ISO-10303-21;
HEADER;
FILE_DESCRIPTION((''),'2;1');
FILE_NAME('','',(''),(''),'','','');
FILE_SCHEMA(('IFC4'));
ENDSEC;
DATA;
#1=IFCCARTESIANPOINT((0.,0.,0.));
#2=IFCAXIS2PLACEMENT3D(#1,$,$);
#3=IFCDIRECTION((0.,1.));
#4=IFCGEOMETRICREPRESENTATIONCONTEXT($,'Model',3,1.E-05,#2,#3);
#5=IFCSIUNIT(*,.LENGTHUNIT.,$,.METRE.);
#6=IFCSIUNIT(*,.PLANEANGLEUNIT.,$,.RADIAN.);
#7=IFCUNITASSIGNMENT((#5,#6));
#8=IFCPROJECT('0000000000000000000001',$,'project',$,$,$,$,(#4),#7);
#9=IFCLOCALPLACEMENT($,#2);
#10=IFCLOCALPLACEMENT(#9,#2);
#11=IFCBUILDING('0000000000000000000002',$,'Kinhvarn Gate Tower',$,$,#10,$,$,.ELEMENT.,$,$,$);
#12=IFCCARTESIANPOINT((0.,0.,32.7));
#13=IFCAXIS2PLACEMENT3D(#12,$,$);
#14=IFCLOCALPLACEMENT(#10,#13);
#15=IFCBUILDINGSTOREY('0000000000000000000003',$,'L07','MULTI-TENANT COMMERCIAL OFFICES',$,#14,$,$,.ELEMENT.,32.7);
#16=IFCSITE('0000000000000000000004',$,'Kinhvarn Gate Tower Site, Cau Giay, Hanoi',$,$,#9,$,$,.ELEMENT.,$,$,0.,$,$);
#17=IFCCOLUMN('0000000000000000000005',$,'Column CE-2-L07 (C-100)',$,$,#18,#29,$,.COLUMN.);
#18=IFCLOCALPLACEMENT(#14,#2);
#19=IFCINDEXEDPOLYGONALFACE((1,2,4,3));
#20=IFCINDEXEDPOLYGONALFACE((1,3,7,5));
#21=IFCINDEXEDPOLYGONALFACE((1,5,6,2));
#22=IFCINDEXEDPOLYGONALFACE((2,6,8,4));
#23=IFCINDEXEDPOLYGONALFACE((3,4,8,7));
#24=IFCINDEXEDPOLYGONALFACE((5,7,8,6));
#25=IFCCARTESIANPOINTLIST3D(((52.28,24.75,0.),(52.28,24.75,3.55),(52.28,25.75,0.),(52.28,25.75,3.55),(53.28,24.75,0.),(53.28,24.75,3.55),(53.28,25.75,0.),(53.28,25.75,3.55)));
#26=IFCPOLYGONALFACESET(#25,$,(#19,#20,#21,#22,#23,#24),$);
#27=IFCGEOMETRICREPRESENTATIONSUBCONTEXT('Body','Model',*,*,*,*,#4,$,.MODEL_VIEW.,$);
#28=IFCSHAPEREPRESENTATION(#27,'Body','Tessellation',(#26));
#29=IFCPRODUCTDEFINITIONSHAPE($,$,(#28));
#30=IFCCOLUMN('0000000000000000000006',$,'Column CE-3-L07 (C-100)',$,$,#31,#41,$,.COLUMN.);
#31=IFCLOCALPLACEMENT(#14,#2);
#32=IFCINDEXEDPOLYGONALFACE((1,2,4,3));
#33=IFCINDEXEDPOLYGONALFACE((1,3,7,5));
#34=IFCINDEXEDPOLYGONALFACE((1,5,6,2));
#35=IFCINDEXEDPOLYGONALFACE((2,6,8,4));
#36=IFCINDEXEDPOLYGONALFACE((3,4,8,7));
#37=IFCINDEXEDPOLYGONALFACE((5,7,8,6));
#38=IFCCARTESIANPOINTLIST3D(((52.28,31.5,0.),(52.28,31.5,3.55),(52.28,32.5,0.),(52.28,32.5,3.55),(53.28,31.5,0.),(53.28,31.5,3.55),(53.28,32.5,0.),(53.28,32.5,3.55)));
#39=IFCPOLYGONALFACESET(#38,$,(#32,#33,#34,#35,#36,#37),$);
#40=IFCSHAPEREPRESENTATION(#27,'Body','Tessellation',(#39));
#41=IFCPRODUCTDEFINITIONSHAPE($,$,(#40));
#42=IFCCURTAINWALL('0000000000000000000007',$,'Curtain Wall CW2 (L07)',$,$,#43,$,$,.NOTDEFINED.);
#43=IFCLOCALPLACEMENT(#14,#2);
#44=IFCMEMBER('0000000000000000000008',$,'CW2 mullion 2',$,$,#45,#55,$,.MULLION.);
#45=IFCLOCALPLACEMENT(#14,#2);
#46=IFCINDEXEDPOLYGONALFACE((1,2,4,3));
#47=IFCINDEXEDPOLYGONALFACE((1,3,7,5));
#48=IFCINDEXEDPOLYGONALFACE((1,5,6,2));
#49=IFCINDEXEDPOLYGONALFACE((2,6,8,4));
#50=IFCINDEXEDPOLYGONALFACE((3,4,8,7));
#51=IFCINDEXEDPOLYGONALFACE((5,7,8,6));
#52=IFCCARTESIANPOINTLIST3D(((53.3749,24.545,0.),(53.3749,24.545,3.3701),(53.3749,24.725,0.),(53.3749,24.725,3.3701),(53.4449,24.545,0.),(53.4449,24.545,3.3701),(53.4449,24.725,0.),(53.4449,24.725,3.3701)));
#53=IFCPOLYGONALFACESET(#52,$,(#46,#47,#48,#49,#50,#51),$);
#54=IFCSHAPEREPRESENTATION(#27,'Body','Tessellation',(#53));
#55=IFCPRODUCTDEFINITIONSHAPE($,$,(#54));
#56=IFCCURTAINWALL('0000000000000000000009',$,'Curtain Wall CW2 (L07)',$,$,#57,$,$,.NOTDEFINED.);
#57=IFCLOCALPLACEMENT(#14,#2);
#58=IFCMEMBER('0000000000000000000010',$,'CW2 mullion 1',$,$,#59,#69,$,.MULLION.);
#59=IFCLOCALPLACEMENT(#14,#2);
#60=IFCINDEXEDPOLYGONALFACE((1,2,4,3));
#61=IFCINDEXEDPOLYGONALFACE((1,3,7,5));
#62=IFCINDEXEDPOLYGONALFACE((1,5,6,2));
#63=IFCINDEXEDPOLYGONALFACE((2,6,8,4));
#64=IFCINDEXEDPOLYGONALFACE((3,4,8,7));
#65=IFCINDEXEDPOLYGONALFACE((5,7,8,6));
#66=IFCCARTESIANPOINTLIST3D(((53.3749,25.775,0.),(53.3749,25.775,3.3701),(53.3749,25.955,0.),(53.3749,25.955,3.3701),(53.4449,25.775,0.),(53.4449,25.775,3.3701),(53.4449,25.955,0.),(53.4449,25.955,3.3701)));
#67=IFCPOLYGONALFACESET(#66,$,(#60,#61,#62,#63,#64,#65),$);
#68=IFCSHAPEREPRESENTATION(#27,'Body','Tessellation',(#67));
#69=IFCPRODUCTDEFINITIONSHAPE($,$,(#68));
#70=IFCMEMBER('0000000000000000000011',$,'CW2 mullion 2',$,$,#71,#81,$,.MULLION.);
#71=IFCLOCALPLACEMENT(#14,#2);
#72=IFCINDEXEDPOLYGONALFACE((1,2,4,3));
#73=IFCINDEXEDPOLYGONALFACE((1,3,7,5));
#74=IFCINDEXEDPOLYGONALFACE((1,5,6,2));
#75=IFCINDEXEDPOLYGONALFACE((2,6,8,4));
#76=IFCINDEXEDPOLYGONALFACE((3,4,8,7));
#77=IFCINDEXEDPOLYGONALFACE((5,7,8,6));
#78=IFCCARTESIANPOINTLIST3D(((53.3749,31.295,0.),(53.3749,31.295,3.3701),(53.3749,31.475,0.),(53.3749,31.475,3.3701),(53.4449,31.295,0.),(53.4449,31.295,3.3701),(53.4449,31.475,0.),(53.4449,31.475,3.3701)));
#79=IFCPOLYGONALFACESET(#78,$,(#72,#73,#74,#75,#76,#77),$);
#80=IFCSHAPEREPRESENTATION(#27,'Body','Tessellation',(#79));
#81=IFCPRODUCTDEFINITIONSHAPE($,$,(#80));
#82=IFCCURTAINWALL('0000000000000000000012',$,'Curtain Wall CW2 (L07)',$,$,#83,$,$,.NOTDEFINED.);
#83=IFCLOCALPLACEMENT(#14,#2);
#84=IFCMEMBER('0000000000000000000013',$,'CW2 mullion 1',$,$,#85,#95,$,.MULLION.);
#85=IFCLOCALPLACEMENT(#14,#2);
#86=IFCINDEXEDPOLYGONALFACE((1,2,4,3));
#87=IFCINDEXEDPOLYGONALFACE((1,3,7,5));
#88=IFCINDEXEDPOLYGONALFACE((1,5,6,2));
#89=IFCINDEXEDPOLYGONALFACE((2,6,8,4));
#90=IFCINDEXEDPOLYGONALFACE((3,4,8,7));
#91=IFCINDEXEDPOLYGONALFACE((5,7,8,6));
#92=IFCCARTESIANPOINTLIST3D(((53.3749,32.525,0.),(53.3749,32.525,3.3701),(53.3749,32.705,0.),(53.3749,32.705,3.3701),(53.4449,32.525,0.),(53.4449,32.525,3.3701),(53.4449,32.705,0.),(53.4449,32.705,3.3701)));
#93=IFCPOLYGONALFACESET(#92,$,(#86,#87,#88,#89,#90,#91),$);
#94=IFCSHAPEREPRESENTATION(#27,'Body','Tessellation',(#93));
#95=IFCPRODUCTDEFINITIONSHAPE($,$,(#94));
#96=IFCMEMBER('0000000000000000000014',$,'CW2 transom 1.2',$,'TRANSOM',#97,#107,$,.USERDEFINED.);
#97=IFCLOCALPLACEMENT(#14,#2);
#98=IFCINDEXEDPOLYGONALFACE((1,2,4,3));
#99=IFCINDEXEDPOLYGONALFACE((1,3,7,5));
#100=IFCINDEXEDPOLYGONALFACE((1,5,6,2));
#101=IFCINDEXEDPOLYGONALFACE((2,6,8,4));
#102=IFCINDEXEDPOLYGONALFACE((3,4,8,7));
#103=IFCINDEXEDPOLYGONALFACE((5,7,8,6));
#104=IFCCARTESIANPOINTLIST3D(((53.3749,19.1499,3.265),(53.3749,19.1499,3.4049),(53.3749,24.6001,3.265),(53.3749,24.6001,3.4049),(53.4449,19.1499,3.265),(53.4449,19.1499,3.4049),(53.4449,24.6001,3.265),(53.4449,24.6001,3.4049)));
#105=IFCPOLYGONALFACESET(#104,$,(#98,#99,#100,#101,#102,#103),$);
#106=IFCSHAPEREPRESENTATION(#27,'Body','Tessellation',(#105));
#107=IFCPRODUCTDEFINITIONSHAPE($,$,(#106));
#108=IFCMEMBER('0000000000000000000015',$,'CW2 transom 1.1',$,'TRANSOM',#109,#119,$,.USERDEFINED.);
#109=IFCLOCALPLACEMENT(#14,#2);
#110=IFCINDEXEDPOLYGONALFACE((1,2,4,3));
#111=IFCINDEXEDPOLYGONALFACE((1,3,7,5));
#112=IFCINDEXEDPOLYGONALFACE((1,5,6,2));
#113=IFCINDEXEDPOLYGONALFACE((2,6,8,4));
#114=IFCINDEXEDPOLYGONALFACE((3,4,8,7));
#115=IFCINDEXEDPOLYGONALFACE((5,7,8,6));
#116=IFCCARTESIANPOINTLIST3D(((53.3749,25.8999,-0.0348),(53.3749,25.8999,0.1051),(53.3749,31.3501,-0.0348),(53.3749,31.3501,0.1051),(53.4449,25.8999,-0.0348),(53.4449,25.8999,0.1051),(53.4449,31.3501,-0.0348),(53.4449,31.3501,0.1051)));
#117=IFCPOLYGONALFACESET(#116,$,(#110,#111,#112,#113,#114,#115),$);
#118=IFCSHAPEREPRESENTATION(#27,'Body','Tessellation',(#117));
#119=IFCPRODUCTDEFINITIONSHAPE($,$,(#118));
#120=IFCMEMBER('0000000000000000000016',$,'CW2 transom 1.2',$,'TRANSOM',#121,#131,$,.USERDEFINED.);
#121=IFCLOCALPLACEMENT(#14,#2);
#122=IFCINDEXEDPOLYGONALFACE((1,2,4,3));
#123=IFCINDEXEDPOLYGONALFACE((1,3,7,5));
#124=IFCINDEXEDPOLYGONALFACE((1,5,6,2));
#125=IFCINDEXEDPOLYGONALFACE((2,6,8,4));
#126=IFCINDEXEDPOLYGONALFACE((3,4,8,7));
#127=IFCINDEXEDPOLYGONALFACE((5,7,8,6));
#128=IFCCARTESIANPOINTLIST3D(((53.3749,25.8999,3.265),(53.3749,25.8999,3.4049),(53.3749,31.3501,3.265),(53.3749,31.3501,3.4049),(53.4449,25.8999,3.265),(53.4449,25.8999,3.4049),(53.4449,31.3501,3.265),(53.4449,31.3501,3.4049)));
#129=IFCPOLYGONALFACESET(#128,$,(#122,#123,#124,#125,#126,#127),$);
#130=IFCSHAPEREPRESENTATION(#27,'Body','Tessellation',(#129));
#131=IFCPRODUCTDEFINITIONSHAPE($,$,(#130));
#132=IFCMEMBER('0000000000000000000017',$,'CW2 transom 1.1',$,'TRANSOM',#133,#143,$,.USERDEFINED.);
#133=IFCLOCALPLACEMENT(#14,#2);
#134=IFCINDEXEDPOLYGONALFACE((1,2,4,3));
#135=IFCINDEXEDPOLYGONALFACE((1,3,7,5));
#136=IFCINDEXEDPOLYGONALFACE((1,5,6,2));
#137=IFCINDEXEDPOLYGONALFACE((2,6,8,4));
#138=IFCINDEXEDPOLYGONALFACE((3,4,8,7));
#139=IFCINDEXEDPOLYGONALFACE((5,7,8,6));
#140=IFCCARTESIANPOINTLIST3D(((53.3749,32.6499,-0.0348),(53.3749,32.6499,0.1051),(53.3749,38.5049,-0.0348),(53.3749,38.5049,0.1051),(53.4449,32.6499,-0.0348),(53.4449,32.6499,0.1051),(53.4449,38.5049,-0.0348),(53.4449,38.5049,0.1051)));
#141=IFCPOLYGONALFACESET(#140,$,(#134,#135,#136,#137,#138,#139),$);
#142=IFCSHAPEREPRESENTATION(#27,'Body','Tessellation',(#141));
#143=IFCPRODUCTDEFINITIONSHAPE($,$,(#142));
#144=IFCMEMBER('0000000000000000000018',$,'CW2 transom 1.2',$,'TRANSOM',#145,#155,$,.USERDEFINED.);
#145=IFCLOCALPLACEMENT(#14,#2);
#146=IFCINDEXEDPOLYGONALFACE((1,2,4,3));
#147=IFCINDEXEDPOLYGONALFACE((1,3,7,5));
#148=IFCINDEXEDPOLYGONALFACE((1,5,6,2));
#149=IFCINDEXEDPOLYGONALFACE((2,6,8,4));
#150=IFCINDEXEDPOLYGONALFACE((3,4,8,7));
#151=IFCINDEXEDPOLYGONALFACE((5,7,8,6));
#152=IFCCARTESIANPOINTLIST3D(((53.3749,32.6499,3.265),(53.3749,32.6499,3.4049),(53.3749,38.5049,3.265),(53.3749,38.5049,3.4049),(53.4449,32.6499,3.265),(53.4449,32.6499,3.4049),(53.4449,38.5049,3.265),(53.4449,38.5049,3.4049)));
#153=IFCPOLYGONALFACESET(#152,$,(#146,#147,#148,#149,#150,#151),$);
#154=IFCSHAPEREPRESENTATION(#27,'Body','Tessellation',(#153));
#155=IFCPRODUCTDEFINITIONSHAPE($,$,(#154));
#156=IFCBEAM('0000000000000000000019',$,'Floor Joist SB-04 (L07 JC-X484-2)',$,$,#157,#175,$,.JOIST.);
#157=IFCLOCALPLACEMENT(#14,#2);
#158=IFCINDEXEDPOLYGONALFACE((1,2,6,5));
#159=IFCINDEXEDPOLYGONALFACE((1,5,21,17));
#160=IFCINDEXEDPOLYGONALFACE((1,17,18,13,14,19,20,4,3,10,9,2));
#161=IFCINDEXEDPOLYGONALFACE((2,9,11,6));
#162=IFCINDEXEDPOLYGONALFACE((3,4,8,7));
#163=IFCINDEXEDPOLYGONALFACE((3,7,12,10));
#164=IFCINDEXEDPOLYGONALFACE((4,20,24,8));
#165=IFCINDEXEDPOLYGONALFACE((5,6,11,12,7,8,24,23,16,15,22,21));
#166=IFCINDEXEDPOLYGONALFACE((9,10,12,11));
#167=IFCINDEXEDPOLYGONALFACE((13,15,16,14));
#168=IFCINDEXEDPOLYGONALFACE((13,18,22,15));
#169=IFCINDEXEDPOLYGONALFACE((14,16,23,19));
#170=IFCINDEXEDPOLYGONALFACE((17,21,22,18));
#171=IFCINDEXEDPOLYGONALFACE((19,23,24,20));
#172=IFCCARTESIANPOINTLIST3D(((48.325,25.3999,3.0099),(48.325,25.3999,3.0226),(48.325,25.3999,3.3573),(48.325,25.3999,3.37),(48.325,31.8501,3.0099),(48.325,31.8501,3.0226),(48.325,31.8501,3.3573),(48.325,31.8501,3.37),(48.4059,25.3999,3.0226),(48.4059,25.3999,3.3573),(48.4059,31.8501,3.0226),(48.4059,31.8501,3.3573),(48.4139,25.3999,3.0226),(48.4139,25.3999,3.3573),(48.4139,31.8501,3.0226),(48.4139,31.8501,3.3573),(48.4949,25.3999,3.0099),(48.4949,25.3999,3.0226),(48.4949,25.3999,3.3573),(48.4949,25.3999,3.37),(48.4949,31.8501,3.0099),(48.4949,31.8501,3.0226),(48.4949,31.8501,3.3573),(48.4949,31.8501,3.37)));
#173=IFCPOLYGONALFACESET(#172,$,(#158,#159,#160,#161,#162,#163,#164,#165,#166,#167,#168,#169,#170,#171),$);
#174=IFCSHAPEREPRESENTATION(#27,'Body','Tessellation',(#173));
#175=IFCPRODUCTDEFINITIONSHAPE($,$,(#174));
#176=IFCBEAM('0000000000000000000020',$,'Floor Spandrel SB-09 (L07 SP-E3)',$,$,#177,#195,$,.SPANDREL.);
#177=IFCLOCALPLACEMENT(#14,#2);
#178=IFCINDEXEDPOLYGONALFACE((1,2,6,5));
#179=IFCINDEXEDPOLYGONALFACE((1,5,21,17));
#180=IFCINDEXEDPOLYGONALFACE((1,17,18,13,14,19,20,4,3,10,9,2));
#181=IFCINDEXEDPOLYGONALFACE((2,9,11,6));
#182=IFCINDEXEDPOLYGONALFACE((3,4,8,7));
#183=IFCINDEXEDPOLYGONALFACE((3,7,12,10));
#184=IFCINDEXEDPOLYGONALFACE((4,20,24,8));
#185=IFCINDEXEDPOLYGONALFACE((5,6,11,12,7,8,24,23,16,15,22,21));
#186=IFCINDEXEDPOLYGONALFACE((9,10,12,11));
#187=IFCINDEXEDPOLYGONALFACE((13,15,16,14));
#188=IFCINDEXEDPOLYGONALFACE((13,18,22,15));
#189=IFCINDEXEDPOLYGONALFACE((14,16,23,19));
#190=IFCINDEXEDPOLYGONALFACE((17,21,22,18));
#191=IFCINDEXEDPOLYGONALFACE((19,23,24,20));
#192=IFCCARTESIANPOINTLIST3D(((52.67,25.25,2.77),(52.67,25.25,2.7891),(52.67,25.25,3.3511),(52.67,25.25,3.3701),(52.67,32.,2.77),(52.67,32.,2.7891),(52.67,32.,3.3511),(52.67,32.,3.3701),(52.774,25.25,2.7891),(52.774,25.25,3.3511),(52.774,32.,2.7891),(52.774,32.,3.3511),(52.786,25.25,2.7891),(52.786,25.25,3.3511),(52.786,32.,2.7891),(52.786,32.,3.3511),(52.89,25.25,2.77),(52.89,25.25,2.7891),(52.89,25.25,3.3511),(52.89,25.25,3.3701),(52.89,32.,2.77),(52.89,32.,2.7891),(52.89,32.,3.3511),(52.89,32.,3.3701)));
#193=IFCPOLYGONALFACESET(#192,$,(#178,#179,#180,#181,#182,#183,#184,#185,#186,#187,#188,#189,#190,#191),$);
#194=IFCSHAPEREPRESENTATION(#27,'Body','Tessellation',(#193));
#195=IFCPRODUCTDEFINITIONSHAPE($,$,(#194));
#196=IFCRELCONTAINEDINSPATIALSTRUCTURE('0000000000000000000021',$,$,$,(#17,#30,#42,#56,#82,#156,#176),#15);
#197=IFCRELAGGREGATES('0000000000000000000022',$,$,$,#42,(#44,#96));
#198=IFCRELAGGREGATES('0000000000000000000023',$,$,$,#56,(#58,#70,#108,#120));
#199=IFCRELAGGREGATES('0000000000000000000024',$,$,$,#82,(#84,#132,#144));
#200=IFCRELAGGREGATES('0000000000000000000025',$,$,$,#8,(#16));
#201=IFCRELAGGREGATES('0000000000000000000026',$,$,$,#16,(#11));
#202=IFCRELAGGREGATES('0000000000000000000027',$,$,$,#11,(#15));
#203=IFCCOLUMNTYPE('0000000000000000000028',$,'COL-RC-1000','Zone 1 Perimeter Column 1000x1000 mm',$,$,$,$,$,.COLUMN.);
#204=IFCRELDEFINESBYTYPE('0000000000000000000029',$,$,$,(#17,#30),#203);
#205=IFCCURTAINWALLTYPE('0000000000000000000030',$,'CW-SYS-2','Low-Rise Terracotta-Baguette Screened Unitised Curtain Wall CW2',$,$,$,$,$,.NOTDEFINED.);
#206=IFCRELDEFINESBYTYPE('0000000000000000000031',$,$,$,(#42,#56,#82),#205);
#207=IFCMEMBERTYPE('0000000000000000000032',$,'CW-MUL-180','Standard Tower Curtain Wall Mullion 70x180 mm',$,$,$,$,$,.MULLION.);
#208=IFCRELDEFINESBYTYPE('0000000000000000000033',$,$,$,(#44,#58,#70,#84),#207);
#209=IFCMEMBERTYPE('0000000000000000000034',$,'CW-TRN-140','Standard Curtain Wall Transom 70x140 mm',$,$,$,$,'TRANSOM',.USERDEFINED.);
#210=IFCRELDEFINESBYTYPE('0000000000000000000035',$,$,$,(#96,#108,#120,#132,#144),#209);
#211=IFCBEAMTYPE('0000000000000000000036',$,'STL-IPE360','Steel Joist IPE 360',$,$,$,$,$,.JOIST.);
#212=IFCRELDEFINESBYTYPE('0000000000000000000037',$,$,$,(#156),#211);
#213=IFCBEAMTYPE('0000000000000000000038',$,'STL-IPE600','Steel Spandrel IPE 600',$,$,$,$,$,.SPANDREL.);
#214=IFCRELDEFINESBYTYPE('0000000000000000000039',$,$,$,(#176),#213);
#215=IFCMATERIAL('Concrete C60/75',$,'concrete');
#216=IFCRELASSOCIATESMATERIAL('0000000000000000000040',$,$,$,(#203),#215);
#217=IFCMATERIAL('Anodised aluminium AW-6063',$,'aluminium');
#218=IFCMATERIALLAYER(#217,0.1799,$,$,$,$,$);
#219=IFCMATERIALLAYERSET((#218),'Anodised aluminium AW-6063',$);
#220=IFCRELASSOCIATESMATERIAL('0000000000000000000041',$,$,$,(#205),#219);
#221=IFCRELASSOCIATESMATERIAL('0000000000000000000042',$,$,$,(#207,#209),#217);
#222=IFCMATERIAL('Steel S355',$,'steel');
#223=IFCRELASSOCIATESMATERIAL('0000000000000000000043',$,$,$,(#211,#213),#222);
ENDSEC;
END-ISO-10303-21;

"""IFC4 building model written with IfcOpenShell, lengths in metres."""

from ifc_helpers import new_model, si_unit, direction, frame, origin, origin_2d, place, context, subcontext, project, spatial, rectangle, i_section, extrude, material, layer, layer_set, material_profile, profile_set, type_object, element, aggregate, save


model = new_model("IFC4")

# Units and contexts
model_context = context("Model", 3, precision=1e-05, world=origin(), true_north=direction((0.0, 1.0)))
body_context = subcontext(model_context, "Body", "Model", "MODEL_VIEW")
ifc_project = project(units=[si_unit("LENGTHUNIT", "METRE"), si_unit("PLANEANGLEUNIT", "RADIAN")], contexts=[model_context])

# Site, building, storey
site_placement = place(None, origin())
site = spatial("IfcSite", under=ifc_project, at=site_placement, Name="Kinhvarn Gate Tower Site, Cau Giay, Hanoi", CompositionType="ELEMENT", RefElevation=0.0)
building_placement = place(site_placement, origin())
building = spatial("IfcBuilding", under=site, at=building_placement, Name="Kinhvarn Gate Tower", CompositionType="ELEMENT")
storey_placement = place(building_placement, frame((0.0, 0.0, 32.7)))
storey = spatial("IfcBuildingStorey", under=building, at=storey_placement, Name="L07", Description="MULTI-TENANT COMMERCIAL OFFICES", CompositionType="ELEMENT", Elevation=32.7)

# Columns
ifc_material_1 = material(Name="Concrete C60/75", Category="concrete")
ifc_material_profile_1 = material_profile(ifc_material_1, rectangle(XDim=1.0, YDim=1.0, at=origin_2d()), Name="RC 1000x1000")
ifc_profile_set_1 = profile_set([ifc_material_profile_1], Name="Concrete C60/75")
column_type = type_object("IfcColumnType", Name="COL-RC-1000", Description="Zone 1 Perimeter Column 1000x1000 mm", PredefinedType="COLUMN", material=ifc_profile_set_1)
for number, where, z_axis, x_axis, name in (
    (1, (52.78, 25.25, 0.0), (0.0, 0.0, 1.0), (1.0, 0.0, 0.0), "Column CE-2-L07 (C-100)"),
    (2, (52.78, 32.0, 0.0), (0.0, 0.0, 1.0), (1.0, 0.0, 0.0), "Column CE-3-L07 (C-100)"),
):
    element("IfcColumn", number, at=place(storey_placement, frame(where, z_axis=z_axis, x_axis=x_axis)), inside=storey, type_object=column_type, Name=name, PredefinedType="COLUMN", context=body_context, shape_type="SweptSolid", body=[
        extrude(rectangle(XDim=1.0, YDim=1.0, at=origin_2d()), origin(), (0.0, 0.0, 1.0), 3.55),
    ])

# Curtain wall, member
ifc_material_2 = material(Name="Anodised aluminium AW-6063", Category="aluminium")
ifc_layer_1 = layer(ifc_material_2, 0.1799)
ifc_layer_set_1 = layer_set([ifc_layer_1], Name="Anodised aluminium AW-6063")
curtain_wall_type = type_object("IfcCurtainWallType", Name="CW-SYS-2", Description="Low-Rise Terracotta-Baguette Screened Unitised Curtain Wall CW2", PredefinedType="NOTDEFINED", material=ifc_layer_set_1)
curtain_wall_1_placement = place(storey_placement, origin())
curtain_wall_1 = element("IfcCurtainWall", 3, at=curtain_wall_1_placement, inside=storey, type_object=curtain_wall_type, Name="Curtain Wall CW2 (L07)", PredefinedType="NOTDEFINED")
ifc_material_profile_2 = material_profile(ifc_material_2, rectangle(XDim=0.0701, YDim=0.1799, at=origin_2d()), Name="ALU 70x180")
ifc_profile_set_2 = profile_set([ifc_material_profile_2], Name="Anodised aluminium AW-6063")
member_type_1 = type_object("IfcMemberType", Name="CW-MUL-180", Description="Standard Tower Curtain Wall Mullion 70x180 mm", PredefinedType="MULLION", material=ifc_profile_set_2)
member_1_placement = place(storey_placement, frame((53.4099, 24.635, 0.0), z_axis=(0.0, 0.0, 1.0), x_axis=(-1.0, 0.0, 0.0)))
member_1 = element("IfcMember", 4, at=member_1_placement, type_object=member_type_1, Name="CW2 mullion 2", PredefinedType="MULLION", context=body_context, shape_type="SweptSolid", body=[
    extrude(rectangle(XDim=0.0701, YDim=0.1799, at=origin_2d()), origin(), (0.0, 0.0, 1.0), 3.3701),
])

# Curtain wall, members
curtain_wall_2_placement = place(storey_placement, origin())
curtain_wall_2 = element("IfcCurtainWall", 5, at=curtain_wall_2_placement, inside=storey, type_object=curtain_wall_type, Name="Curtain Wall CW2 (L07)", PredefinedType="NOTDEFINED")
member_2_placement = place(storey_placement, frame((53.4099, 25.865, 0.0), z_axis=(0.0, 0.0, 1.0), x_axis=(-1.0, 0.0, 0.0)))
member_2 = element("IfcMember", 6, at=member_2_placement, type_object=member_type_1, Name="CW2 mullion 1", PredefinedType="MULLION", context=body_context, shape_type="SweptSolid", body=[
    extrude(rectangle(XDim=0.0701, YDim=0.1799, at=origin_2d()), origin(), (0.0, 0.0, 1.0), 3.3701),
])
member_3_placement = place(storey_placement, frame((53.4099, 31.385, 0.0), z_axis=(0.0, 0.0, 1.0), x_axis=(-1.0, 0.0, 0.0)))
member_3 = element("IfcMember", 7, at=member_3_placement, type_object=member_type_1, Name="CW2 mullion 2", PredefinedType="MULLION", context=body_context, shape_type="SweptSolid", body=[
    extrude(rectangle(XDim=0.0701, YDim=0.1799, at=origin_2d()), origin(), (0.0, 0.0, 1.0), 3.3701),
])

# Curtain wall, member
curtain_wall_3_placement = place(storey_placement, origin())
curtain_wall_3 = element("IfcCurtainWall", 8, at=curtain_wall_3_placement, inside=storey, type_object=curtain_wall_type, Name="Curtain Wall CW2 (L07)", PredefinedType="NOTDEFINED")
member_4_placement = place(storey_placement, frame((53.4099, 32.615, 0.0), z_axis=(0.0, 0.0, 1.0), x_axis=(-1.0, 0.0, 0.0)))
member_4 = element("IfcMember", 9, at=member_4_placement, type_object=member_type_1, Name="CW2 mullion 1", PredefinedType="MULLION", context=body_context, shape_type="SweptSolid", body=[
    extrude(rectangle(XDim=0.0701, YDim=0.1799, at=origin_2d()), origin(), (0.0, 0.0, 1.0), 3.3701),
])

# Members
ifc_material_profile_3 = material_profile(ifc_material_2, rectangle(XDim=0.0701, YDim=0.1399, at=origin_2d()), Name="ALU 70x140")
ifc_profile_set_3 = profile_set([ifc_material_profile_3], Name="Anodised aluminium AW-6063")
member_type_2 = type_object("IfcMemberType", Name="CW-TRN-140", Description="Standard Curtain Wall Transom 70x140 mm", ElementType="TRANSOM", PredefinedType="USERDEFINED", material=ifc_profile_set_3)
member_5_placement = place(storey_placement, frame((53.4099, 19.1499, 3.335), z_axis=(0.0, 1.0, 0.0), x_axis=(-1.0, 0.0, 0.0)))
member_5 = element("IfcMember", 10, at=member_5_placement, type_object=member_type_2, Name="CW2 transom 1.2", ObjectType="TRANSOM", PredefinedType="USERDEFINED", context=body_context, shape_type="SweptSolid", body=[
    extrude(rectangle(XDim=0.0701, YDim=0.1399, at=origin_2d()), origin(), (0.0, 0.0, 1.0), 5.4502),
])
member_6_placement = place(storey_placement, frame((53.4099, 25.8999, 0.0352), z_axis=(0.0, 1.0, 0.0), x_axis=(-1.0, 0.0, 0.0)))
member_6 = element("IfcMember", 11, at=member_6_placement, type_object=member_type_2, Name="CW2 transom 1.1", ObjectType="TRANSOM", PredefinedType="USERDEFINED", context=body_context, shape_type="SweptSolid", body=[
    extrude(rectangle(XDim=0.0701, YDim=0.1399, at=origin_2d()), origin(), (0.0, 0.0, 1.0), 5.4502),
])
member_7_placement = place(storey_placement, frame((53.4099, 25.8999, 3.335), z_axis=(0.0, 1.0, 0.0), x_axis=(-1.0, 0.0, 0.0)))
member_7 = element("IfcMember", 12, at=member_7_placement, type_object=member_type_2, Name="CW2 transom 1.2", ObjectType="TRANSOM", PredefinedType="USERDEFINED", context=body_context, shape_type="SweptSolid", body=[
    extrude(rectangle(XDim=0.0701, YDim=0.1399, at=origin_2d()), origin(), (0.0, 0.0, 1.0), 5.4502),
])
member_8_placement = place(storey_placement, frame((53.4099, 32.6499, 0.0352), z_axis=(0.0, 1.0, 0.0), x_axis=(-1.0, 0.0, 0.0)))
member_8 = element("IfcMember", 13, at=member_8_placement, type_object=member_type_2, Name="CW2 transom 1.1", ObjectType="TRANSOM", PredefinedType="USERDEFINED", context=body_context, shape_type="SweptSolid", body=[
    extrude(rectangle(XDim=0.0701, YDim=0.1399, at=origin_2d()), origin(), (0.0, 0.0, 1.0), 5.855),
])
member_9_placement = place(storey_placement, frame((53.4099, 32.6499, 3.335), z_axis=(0.0, 1.0, 0.0), x_axis=(-1.0, 0.0, 0.0)))
member_9 = element("IfcMember", 14, at=member_9_placement, type_object=member_type_2, Name="CW2 transom 1.2", ObjectType="TRANSOM", PredefinedType="USERDEFINED", context=body_context, shape_type="SweptSolid", body=[
    extrude(rectangle(XDim=0.0701, YDim=0.1399, at=origin_2d()), origin(), (0.0, 0.0, 1.0), 5.855),
])

# Beams
ifc_material_3 = material(Name="Steel S355", Category="steel")
ifc_material_profile_4 = material_profile(ifc_material_3, i_section(OverallWidth=0.1699, OverallDepth=0.3601, WebThickness=0.0081, FlangeThickness=0.0127, at=origin_2d()), Name="IPE 360")
ifc_profile_set_4 = profile_set([ifc_material_profile_4], Name="Steel S355")
beam_type_1 = type_object("IfcBeamType", Name="STL-IPE360", Description="Steel Joist IPE 360", PredefinedType="JOIST", material=ifc_profile_set_4)
beam_1_placement = place(storey_placement, frame((48.4099, 25.3999, 3.1899), z_axis=(0.0, 1.0, 0.0), x_axis=(-1.0, 0.0, 0.0)))
element("IfcBeam", 15, at=beam_1_placement, inside=storey, type_object=beam_type_1, Name="Floor Joist SB-04 (L07 JC-X484-2)", PredefinedType="JOIST", context=body_context, shape_type="SweptSolid", body=[
    extrude(i_section(OverallWidth=0.1699, OverallDepth=0.3601, WebThickness=0.0081, FlangeThickness=0.0127, at=origin_2d()), origin(), (0.0, 0.0, 1.0), 6.4502),
])
ifc_material_profile_5 = material_profile(ifc_material_3, i_section(OverallWidth=0.22, OverallDepth=0.6001, WebThickness=0.012, FlangeThickness=0.019, at=origin_2d()), Name="IPE 600")
ifc_profile_set_5 = profile_set([ifc_material_profile_5], Name="Steel S355")
beam_type_2 = type_object("IfcBeamType", Name="STL-IPE600", Description="Steel Spandrel IPE 600", PredefinedType="SPANDREL", material=ifc_profile_set_5)
beam_2_placement = place(storey_placement, frame((52.78, 25.25, 3.0701), z_axis=(0.0, 1.0, 0.0), x_axis=(-1.0, 0.0, 0.0)))
element("IfcBeam", 16, at=beam_2_placement, inside=storey, type_object=beam_type_2, Name="Floor Spandrel SB-09 (L07 SP-E3)", PredefinedType="SPANDREL", context=body_context, shape_type="SweptSolid", body=[
    extrude(i_section(OverallWidth=0.22, OverallDepth=0.6001, WebThickness=0.012, FlangeThickness=0.019, at=origin_2d()), origin(), (0.0, 0.0, 1.0), 6.75),
])

aggregate(curtain_wall_1, [member_1, member_5])
aggregate(curtain_wall_2, [member_2, member_3, member_6, member_7])
aggregate(curtain_wall_3, [member_4, member_8, member_9])

save(model, "model.ifc")
